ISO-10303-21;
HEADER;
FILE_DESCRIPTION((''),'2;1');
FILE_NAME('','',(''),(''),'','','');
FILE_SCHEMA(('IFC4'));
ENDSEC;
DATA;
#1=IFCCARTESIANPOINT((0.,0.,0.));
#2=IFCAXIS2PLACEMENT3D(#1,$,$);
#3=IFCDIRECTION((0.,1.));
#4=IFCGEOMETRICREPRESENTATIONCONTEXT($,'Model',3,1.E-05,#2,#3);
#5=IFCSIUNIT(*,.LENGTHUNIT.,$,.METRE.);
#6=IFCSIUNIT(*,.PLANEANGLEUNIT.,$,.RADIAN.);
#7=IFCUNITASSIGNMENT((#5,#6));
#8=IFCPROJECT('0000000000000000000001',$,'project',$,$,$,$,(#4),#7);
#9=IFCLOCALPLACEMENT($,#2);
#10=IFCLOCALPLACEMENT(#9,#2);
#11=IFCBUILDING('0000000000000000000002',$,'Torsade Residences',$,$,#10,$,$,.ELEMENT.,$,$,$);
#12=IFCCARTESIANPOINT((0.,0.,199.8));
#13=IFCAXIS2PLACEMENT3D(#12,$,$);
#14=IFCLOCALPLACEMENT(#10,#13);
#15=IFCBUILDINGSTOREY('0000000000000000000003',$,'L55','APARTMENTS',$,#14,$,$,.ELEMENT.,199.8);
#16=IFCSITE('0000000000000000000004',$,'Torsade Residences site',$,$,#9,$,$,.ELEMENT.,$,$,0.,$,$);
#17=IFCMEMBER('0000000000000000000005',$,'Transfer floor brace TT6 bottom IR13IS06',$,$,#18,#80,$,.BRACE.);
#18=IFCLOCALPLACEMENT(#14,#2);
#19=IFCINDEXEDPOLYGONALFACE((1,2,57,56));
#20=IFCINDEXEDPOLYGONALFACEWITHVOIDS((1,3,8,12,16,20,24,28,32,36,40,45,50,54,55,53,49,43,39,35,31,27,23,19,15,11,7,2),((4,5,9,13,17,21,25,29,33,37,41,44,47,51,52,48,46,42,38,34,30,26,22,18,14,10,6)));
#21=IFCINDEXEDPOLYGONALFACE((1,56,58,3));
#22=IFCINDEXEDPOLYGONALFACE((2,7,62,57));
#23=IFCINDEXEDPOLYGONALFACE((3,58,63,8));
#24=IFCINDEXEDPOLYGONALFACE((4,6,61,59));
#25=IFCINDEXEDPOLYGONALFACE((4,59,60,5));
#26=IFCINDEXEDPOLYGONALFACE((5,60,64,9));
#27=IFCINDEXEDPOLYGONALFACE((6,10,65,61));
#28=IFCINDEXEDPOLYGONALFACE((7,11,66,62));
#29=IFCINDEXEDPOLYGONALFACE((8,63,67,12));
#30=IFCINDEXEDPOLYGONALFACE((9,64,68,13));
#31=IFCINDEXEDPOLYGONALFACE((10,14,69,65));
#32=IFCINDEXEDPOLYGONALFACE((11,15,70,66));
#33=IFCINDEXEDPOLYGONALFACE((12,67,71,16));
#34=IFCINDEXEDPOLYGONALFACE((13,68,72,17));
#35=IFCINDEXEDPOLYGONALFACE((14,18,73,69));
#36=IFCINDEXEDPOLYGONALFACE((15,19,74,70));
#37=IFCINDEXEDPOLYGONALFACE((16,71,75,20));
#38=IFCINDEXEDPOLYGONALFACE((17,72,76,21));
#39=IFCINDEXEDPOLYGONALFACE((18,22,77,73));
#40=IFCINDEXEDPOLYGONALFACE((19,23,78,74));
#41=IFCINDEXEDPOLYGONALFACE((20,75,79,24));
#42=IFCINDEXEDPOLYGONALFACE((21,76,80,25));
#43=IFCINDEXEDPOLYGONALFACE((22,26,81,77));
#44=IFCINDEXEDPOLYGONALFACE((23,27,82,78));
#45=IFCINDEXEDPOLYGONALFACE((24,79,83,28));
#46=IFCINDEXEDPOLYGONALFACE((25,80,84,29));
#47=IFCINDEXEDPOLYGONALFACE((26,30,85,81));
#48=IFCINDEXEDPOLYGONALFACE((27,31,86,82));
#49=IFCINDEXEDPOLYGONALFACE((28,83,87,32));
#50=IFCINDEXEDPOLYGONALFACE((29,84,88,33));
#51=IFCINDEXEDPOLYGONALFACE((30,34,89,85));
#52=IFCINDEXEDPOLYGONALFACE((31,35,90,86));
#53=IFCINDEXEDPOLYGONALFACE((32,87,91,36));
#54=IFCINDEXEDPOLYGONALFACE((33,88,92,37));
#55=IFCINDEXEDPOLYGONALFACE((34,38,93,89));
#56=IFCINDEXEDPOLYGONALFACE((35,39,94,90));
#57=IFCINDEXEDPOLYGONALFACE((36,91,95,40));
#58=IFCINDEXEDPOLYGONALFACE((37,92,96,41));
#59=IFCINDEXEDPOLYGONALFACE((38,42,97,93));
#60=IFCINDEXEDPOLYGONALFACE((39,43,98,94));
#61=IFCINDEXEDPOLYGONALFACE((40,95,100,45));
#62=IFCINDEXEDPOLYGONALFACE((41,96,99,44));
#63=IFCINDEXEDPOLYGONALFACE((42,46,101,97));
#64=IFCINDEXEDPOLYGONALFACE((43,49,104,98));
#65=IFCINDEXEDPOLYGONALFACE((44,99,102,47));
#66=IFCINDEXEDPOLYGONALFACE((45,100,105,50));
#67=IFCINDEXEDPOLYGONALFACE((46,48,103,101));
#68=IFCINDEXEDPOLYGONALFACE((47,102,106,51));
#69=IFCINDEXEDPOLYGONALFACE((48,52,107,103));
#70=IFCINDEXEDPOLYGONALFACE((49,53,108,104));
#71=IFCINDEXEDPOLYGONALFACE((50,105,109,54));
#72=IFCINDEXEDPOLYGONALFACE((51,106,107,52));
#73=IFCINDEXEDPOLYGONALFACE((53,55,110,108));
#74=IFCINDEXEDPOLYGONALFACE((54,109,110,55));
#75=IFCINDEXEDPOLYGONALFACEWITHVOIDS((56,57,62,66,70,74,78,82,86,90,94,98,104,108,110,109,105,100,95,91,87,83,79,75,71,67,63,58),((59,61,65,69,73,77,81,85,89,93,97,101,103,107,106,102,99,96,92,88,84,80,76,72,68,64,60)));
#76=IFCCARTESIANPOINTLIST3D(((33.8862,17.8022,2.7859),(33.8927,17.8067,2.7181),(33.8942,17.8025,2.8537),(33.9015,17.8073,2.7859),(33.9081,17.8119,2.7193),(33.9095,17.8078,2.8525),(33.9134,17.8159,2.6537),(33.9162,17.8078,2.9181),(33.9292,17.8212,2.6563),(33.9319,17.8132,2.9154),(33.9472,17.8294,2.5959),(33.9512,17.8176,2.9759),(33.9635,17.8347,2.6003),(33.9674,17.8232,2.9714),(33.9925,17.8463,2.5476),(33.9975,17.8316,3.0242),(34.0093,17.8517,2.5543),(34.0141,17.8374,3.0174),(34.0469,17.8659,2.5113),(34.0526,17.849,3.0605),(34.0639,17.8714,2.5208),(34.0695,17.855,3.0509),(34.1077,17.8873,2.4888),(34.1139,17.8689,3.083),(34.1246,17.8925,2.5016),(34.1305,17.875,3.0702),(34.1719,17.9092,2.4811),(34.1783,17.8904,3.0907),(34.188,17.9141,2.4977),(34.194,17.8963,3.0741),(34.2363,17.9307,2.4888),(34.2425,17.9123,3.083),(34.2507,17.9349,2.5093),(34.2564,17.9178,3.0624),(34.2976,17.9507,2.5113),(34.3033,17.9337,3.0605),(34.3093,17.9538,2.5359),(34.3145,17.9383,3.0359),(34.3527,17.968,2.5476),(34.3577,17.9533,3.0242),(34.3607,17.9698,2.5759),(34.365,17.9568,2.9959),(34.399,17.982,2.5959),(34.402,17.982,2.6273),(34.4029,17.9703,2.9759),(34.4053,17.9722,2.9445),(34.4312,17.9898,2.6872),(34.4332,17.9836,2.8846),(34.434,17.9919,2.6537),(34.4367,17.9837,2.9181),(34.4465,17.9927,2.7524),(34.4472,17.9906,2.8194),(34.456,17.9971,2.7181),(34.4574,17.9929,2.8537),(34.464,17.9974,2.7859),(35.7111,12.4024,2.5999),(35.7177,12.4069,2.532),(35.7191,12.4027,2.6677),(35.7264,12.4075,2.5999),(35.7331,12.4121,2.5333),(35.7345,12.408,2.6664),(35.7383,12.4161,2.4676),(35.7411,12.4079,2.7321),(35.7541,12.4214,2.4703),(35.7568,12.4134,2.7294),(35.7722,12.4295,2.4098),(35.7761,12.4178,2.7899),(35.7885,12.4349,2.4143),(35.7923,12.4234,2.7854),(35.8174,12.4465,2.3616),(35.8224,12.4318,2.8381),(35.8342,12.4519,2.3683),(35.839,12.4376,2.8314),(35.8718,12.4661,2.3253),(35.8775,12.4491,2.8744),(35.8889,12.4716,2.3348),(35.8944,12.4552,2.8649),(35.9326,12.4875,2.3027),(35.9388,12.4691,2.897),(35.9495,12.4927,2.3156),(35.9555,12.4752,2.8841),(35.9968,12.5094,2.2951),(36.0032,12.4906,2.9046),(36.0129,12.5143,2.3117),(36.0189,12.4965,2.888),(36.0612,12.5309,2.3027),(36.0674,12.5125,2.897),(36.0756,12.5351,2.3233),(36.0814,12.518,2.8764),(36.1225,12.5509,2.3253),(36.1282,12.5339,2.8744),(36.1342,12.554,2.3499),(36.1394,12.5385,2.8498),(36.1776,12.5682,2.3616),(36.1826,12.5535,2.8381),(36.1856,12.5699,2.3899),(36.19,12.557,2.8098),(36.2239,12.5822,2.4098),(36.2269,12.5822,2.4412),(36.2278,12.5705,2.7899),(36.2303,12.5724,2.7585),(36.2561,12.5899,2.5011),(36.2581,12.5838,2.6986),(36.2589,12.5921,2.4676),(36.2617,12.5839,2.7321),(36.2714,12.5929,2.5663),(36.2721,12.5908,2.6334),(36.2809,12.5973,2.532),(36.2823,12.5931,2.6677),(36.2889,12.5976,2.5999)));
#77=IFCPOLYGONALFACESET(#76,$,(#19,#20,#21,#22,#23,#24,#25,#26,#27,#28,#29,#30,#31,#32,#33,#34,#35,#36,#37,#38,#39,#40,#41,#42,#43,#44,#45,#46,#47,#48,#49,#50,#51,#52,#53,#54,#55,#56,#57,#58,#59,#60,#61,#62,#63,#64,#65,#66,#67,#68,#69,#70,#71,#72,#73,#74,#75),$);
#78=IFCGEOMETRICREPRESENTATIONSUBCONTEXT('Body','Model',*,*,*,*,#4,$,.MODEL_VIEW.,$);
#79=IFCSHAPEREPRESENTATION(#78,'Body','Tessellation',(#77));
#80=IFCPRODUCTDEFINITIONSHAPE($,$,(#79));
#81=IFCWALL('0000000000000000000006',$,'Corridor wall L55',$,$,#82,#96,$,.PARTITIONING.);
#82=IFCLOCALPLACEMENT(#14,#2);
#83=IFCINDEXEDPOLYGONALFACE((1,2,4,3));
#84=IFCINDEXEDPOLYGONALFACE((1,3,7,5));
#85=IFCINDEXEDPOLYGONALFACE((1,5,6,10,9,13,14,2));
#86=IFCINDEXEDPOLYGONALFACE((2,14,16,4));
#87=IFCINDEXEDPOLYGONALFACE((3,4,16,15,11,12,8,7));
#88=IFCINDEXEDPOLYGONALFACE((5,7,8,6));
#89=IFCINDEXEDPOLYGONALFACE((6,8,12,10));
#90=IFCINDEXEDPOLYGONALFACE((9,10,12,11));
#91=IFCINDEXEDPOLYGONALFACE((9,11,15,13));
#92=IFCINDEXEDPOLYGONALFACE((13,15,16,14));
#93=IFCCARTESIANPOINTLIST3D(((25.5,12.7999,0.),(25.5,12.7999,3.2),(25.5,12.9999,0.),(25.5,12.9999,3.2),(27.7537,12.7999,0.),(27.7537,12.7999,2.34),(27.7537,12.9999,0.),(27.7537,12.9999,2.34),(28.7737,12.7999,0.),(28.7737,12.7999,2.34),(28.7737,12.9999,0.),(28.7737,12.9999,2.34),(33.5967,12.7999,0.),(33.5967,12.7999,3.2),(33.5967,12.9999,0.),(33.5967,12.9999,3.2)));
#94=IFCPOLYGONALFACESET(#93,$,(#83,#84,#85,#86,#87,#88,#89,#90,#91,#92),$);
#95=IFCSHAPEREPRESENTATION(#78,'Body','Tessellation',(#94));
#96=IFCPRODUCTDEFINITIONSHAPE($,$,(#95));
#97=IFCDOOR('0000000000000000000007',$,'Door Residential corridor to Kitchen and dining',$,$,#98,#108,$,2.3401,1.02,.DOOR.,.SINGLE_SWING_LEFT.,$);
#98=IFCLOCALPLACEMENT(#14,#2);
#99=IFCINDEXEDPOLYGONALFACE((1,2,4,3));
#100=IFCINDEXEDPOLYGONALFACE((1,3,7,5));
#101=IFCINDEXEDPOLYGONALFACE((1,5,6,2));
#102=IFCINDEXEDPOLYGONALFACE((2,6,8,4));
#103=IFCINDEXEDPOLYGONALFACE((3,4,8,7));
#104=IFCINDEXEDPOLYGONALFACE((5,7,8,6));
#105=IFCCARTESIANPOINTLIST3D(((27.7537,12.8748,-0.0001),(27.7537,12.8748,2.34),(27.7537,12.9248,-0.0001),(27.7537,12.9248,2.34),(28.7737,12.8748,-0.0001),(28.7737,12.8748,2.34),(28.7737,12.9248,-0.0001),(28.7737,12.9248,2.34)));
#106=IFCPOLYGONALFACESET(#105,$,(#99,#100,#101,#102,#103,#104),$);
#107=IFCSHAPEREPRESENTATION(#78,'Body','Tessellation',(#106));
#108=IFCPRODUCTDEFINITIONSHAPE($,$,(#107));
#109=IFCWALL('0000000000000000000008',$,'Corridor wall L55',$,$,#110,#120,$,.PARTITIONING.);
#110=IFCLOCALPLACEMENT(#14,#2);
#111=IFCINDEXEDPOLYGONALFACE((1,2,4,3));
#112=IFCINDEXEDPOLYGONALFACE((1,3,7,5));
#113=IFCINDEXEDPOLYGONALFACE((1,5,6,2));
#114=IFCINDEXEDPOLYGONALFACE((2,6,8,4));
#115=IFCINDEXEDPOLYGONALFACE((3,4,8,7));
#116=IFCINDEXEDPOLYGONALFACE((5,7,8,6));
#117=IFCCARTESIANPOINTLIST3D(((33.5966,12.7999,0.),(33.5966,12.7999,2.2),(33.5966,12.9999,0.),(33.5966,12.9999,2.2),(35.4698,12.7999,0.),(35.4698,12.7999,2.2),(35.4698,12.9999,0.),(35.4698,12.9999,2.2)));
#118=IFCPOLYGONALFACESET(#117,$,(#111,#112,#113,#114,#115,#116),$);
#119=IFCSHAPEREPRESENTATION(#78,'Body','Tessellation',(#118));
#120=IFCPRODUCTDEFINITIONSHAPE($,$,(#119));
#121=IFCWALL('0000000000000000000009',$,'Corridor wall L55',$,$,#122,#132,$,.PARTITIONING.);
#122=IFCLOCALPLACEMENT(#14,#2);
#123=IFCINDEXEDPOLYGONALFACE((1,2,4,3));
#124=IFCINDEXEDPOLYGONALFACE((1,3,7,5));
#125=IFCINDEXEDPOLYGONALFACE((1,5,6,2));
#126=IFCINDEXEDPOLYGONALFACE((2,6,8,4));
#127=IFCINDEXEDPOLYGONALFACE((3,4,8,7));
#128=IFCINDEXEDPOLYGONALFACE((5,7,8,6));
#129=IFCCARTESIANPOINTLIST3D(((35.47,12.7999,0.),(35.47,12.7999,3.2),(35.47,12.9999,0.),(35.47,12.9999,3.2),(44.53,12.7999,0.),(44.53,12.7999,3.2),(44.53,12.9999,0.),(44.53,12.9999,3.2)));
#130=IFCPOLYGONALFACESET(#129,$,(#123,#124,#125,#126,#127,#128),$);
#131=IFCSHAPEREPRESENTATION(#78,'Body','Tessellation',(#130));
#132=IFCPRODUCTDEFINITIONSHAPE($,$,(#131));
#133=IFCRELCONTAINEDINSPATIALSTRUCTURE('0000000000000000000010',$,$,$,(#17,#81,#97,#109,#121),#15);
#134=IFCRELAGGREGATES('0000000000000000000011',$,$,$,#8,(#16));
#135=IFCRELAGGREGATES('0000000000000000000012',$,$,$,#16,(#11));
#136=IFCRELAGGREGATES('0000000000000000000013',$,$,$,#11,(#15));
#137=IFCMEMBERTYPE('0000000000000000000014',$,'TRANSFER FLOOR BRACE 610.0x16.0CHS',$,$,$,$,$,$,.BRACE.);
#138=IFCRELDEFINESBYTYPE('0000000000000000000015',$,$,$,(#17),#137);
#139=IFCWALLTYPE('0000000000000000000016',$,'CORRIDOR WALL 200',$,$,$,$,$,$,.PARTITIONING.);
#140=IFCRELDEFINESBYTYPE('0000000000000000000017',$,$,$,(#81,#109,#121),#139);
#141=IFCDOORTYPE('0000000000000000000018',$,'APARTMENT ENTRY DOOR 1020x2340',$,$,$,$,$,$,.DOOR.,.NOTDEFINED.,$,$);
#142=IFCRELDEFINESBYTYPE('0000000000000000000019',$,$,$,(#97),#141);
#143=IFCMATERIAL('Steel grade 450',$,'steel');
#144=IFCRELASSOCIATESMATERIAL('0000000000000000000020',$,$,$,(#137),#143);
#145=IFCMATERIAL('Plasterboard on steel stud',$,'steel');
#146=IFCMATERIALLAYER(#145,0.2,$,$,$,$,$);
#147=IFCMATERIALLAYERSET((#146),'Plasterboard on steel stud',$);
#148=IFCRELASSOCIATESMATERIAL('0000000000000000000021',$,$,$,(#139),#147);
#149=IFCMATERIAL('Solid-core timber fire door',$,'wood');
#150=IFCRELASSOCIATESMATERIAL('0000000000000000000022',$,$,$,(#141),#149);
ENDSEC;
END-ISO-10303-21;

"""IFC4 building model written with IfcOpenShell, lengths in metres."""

from ifc_helpers import new_model, si_unit, direction, frame, frame_2d, origin, origin_2d, place, context, subcontext, project, spatial, rectangle, hollow_circle, extrude, material, layer, layer_set, material_profile, profile_set, type_object, element, fill, save


model = new_model("IFC4")

# Units and contexts
model_context = context("Model", 3, precision=1e-05, world=origin(), true_north=direction((0.0, 1.0)))
body_context = subcontext(model_context, "Body", "Model", "MODEL_VIEW")
ifc_project = project(units=[si_unit("LENGTHUNIT", "METRE"), si_unit("PLANEANGLEUNIT", "RADIAN")], contexts=[model_context])

# Site, building, storey
site_placement = place(None, origin())
site = spatial("IfcSite", under=ifc_project, at=site_placement, Name="Torsade Residences site", CompositionType="ELEMENT", RefElevation=0.0)
building_placement = place(site_placement, origin())
building = spatial("IfcBuilding", under=site, at=building_placement, Name="Torsade Residences", CompositionType="ELEMENT")
storey_placement = place(building_placement, frame((0.0, 0.0, 199.8)))
storey = spatial("IfcBuildingStorey", under=building, at=storey_placement, Name="L55", Description="APARTMENTS", CompositionType="ELEMENT", Elevation=199.8)

# Member
ifc_material_1 = material(Name="Steel grade 450", Category="steel")
ifc_material_profile_1 = material_profile(ifc_material_1, hollow_circle(Radius=0.3049, WallThickness=0.0161, at=origin_2d()), Name="610.0x16.0CHS")
ifc_profile_set_1 = profile_set([ifc_material_profile_1], Name="Steel grade 450")
member_type = type_object("IfcMemberType", Name="TRANSFER FLOOR BRACE 610.0x16.0CHS", PredefinedType="BRACE", material=ifc_profile_set_1)
member_1_placement = place(storey_placement, frame((36.0, 12.5, 2.5999), z_axis=(-0.319999, 0.946856, 0.032621), x_axis=(-0.94736, -0.32017, 0.0)))
element("IfcMember", 1, at=member_1_placement, inside=storey, type_object=member_type, Name="Transfer floor brace TT6 bottom IR13IS06", PredefinedType="BRACE", context=body_context, shape_type="SweptSolid", body=[
    extrude(hollow_circle(Radius=0.3049, WallThickness=0.0161, at=origin_2d()), origin(), (0.0, 0.0, 1.0), 5.7029),
])

# Wall, opening, door
ifc_material_2 = material(Name="Plasterboard on steel stud", Category="steel")
ifc_layer_1 = layer(ifc_material_2, 0.2)
ifc_layer_set_1 = layer_set([ifc_layer_1], Name="Plasterboard on steel stud")
wall_type_1 = type_object("IfcWallType", Name="CORRIDOR WALL 200", PredefinedType="PARTITIONING", material=ifc_layer_set_1)
wall_1_placement = place(storey_placement, frame((25.5, 12.8999, 0.0), z_axis=(0.0, 0.0, 1.0), x_axis=(1.0, 0.0, 0.0)))
wall_1 = element("IfcWall", 2, at=wall_1_placement, inside=storey, type_object=wall_type_1, Name="Corridor wall L55", PredefinedType="PARTITIONING", context=body_context, shape_type="SweptSolid", body=[
    extrude(rectangle(XDim=8.0967, YDim=0.2, at=frame_2d((4.0483, 0.0))), origin(), (0.0, 0.0, 1.0), 3.2),
])
opening_1_placement = place(wall_1_placement, frame((2.2537, 0.0, 0.0)))
opening_1 = element("IfcOpeningElement", 3, at=opening_1_placement, cuts=wall_1, PredefinedType="OPENING", context=body_context, shape_type="SweptSolid", body=[
    extrude(rectangle(XDim=1.02, YDim=2.3401, at=frame_2d((0.51, 1.1699))), frame((0.0, 0.1099, 0.0), z_axis=(0.0, -1.0, 0.0), x_axis=(1.0, 0.0, 0.0)), (0.0, 0.0, 1.0), 0.22),
])
ifc_material_3 = material(Name="Solid-core timber fire door", Category="wood")
door_type_1 = type_object("IfcDoorType", Name="APARTMENT ENTRY DOOR 1020x2340", OperationType="NOTDEFINED", PredefinedType="DOOR", material=ifc_material_3)
door_1_placement = place(opening_1_placement, origin())
door_1 = element("IfcDoor", 4, at=door_1_placement, inside=storey, type_object=door_type_1, Name="Door Residential corridor to Kitchen and dining", OperationType="SINGLE_SWING_LEFT", OverallHeight=2.3401, OverallWidth=1.02, PredefinedType="DOOR", context=body_context, shape_type="SweptSolid", body=[
    extrude(rectangle(XDim=1.02, YDim=2.3401, at=frame_2d((0.51, 1.1699))), frame((0.0, 0.0249, 0.0), z_axis=(0.0, -1.0, 0.0), x_axis=(1.0, 0.0, 0.0)), (0.0, 0.0, 1.0), 0.05),
])
fill(opening_1, door_1)

# Walls
wall_2_placement = place(storey_placement, frame((33.5967, 12.8999, 0.0), z_axis=(0.0, 0.0, 1.0), x_axis=(1.0, 0.0, 0.0)))
element("IfcWall", 5, at=wall_2_placement, inside=storey, type_object=wall_type_1, Name="Corridor wall L55", PredefinedType="PARTITIONING", context=body_context, shape_type="SweptSolid", body=[
    extrude(rectangle(XDim=1.8733, YDim=0.2, at=frame_2d((0.9365, 0.0))), origin(), (0.0, 0.0, 1.0), 2.2),
])
wall_3_placement = place(storey_placement, frame((35.47, 12.8999, 0.0), z_axis=(0.0, 0.0, 1.0), x_axis=(1.0, 0.0, 0.0)))
element("IfcWall", 6, at=wall_3_placement, inside=storey, type_object=wall_type_1, Name="Corridor wall L55", PredefinedType="PARTITIONING", context=body_context, shape_type="SweptSolid", body=[
    extrude(rectangle(XDim=9.0601, YDim=0.2, at=frame_2d((4.53, 0.0))), origin(), (0.0, 0.0, 1.0), 3.2),
])

save(model, "model.ifc")
